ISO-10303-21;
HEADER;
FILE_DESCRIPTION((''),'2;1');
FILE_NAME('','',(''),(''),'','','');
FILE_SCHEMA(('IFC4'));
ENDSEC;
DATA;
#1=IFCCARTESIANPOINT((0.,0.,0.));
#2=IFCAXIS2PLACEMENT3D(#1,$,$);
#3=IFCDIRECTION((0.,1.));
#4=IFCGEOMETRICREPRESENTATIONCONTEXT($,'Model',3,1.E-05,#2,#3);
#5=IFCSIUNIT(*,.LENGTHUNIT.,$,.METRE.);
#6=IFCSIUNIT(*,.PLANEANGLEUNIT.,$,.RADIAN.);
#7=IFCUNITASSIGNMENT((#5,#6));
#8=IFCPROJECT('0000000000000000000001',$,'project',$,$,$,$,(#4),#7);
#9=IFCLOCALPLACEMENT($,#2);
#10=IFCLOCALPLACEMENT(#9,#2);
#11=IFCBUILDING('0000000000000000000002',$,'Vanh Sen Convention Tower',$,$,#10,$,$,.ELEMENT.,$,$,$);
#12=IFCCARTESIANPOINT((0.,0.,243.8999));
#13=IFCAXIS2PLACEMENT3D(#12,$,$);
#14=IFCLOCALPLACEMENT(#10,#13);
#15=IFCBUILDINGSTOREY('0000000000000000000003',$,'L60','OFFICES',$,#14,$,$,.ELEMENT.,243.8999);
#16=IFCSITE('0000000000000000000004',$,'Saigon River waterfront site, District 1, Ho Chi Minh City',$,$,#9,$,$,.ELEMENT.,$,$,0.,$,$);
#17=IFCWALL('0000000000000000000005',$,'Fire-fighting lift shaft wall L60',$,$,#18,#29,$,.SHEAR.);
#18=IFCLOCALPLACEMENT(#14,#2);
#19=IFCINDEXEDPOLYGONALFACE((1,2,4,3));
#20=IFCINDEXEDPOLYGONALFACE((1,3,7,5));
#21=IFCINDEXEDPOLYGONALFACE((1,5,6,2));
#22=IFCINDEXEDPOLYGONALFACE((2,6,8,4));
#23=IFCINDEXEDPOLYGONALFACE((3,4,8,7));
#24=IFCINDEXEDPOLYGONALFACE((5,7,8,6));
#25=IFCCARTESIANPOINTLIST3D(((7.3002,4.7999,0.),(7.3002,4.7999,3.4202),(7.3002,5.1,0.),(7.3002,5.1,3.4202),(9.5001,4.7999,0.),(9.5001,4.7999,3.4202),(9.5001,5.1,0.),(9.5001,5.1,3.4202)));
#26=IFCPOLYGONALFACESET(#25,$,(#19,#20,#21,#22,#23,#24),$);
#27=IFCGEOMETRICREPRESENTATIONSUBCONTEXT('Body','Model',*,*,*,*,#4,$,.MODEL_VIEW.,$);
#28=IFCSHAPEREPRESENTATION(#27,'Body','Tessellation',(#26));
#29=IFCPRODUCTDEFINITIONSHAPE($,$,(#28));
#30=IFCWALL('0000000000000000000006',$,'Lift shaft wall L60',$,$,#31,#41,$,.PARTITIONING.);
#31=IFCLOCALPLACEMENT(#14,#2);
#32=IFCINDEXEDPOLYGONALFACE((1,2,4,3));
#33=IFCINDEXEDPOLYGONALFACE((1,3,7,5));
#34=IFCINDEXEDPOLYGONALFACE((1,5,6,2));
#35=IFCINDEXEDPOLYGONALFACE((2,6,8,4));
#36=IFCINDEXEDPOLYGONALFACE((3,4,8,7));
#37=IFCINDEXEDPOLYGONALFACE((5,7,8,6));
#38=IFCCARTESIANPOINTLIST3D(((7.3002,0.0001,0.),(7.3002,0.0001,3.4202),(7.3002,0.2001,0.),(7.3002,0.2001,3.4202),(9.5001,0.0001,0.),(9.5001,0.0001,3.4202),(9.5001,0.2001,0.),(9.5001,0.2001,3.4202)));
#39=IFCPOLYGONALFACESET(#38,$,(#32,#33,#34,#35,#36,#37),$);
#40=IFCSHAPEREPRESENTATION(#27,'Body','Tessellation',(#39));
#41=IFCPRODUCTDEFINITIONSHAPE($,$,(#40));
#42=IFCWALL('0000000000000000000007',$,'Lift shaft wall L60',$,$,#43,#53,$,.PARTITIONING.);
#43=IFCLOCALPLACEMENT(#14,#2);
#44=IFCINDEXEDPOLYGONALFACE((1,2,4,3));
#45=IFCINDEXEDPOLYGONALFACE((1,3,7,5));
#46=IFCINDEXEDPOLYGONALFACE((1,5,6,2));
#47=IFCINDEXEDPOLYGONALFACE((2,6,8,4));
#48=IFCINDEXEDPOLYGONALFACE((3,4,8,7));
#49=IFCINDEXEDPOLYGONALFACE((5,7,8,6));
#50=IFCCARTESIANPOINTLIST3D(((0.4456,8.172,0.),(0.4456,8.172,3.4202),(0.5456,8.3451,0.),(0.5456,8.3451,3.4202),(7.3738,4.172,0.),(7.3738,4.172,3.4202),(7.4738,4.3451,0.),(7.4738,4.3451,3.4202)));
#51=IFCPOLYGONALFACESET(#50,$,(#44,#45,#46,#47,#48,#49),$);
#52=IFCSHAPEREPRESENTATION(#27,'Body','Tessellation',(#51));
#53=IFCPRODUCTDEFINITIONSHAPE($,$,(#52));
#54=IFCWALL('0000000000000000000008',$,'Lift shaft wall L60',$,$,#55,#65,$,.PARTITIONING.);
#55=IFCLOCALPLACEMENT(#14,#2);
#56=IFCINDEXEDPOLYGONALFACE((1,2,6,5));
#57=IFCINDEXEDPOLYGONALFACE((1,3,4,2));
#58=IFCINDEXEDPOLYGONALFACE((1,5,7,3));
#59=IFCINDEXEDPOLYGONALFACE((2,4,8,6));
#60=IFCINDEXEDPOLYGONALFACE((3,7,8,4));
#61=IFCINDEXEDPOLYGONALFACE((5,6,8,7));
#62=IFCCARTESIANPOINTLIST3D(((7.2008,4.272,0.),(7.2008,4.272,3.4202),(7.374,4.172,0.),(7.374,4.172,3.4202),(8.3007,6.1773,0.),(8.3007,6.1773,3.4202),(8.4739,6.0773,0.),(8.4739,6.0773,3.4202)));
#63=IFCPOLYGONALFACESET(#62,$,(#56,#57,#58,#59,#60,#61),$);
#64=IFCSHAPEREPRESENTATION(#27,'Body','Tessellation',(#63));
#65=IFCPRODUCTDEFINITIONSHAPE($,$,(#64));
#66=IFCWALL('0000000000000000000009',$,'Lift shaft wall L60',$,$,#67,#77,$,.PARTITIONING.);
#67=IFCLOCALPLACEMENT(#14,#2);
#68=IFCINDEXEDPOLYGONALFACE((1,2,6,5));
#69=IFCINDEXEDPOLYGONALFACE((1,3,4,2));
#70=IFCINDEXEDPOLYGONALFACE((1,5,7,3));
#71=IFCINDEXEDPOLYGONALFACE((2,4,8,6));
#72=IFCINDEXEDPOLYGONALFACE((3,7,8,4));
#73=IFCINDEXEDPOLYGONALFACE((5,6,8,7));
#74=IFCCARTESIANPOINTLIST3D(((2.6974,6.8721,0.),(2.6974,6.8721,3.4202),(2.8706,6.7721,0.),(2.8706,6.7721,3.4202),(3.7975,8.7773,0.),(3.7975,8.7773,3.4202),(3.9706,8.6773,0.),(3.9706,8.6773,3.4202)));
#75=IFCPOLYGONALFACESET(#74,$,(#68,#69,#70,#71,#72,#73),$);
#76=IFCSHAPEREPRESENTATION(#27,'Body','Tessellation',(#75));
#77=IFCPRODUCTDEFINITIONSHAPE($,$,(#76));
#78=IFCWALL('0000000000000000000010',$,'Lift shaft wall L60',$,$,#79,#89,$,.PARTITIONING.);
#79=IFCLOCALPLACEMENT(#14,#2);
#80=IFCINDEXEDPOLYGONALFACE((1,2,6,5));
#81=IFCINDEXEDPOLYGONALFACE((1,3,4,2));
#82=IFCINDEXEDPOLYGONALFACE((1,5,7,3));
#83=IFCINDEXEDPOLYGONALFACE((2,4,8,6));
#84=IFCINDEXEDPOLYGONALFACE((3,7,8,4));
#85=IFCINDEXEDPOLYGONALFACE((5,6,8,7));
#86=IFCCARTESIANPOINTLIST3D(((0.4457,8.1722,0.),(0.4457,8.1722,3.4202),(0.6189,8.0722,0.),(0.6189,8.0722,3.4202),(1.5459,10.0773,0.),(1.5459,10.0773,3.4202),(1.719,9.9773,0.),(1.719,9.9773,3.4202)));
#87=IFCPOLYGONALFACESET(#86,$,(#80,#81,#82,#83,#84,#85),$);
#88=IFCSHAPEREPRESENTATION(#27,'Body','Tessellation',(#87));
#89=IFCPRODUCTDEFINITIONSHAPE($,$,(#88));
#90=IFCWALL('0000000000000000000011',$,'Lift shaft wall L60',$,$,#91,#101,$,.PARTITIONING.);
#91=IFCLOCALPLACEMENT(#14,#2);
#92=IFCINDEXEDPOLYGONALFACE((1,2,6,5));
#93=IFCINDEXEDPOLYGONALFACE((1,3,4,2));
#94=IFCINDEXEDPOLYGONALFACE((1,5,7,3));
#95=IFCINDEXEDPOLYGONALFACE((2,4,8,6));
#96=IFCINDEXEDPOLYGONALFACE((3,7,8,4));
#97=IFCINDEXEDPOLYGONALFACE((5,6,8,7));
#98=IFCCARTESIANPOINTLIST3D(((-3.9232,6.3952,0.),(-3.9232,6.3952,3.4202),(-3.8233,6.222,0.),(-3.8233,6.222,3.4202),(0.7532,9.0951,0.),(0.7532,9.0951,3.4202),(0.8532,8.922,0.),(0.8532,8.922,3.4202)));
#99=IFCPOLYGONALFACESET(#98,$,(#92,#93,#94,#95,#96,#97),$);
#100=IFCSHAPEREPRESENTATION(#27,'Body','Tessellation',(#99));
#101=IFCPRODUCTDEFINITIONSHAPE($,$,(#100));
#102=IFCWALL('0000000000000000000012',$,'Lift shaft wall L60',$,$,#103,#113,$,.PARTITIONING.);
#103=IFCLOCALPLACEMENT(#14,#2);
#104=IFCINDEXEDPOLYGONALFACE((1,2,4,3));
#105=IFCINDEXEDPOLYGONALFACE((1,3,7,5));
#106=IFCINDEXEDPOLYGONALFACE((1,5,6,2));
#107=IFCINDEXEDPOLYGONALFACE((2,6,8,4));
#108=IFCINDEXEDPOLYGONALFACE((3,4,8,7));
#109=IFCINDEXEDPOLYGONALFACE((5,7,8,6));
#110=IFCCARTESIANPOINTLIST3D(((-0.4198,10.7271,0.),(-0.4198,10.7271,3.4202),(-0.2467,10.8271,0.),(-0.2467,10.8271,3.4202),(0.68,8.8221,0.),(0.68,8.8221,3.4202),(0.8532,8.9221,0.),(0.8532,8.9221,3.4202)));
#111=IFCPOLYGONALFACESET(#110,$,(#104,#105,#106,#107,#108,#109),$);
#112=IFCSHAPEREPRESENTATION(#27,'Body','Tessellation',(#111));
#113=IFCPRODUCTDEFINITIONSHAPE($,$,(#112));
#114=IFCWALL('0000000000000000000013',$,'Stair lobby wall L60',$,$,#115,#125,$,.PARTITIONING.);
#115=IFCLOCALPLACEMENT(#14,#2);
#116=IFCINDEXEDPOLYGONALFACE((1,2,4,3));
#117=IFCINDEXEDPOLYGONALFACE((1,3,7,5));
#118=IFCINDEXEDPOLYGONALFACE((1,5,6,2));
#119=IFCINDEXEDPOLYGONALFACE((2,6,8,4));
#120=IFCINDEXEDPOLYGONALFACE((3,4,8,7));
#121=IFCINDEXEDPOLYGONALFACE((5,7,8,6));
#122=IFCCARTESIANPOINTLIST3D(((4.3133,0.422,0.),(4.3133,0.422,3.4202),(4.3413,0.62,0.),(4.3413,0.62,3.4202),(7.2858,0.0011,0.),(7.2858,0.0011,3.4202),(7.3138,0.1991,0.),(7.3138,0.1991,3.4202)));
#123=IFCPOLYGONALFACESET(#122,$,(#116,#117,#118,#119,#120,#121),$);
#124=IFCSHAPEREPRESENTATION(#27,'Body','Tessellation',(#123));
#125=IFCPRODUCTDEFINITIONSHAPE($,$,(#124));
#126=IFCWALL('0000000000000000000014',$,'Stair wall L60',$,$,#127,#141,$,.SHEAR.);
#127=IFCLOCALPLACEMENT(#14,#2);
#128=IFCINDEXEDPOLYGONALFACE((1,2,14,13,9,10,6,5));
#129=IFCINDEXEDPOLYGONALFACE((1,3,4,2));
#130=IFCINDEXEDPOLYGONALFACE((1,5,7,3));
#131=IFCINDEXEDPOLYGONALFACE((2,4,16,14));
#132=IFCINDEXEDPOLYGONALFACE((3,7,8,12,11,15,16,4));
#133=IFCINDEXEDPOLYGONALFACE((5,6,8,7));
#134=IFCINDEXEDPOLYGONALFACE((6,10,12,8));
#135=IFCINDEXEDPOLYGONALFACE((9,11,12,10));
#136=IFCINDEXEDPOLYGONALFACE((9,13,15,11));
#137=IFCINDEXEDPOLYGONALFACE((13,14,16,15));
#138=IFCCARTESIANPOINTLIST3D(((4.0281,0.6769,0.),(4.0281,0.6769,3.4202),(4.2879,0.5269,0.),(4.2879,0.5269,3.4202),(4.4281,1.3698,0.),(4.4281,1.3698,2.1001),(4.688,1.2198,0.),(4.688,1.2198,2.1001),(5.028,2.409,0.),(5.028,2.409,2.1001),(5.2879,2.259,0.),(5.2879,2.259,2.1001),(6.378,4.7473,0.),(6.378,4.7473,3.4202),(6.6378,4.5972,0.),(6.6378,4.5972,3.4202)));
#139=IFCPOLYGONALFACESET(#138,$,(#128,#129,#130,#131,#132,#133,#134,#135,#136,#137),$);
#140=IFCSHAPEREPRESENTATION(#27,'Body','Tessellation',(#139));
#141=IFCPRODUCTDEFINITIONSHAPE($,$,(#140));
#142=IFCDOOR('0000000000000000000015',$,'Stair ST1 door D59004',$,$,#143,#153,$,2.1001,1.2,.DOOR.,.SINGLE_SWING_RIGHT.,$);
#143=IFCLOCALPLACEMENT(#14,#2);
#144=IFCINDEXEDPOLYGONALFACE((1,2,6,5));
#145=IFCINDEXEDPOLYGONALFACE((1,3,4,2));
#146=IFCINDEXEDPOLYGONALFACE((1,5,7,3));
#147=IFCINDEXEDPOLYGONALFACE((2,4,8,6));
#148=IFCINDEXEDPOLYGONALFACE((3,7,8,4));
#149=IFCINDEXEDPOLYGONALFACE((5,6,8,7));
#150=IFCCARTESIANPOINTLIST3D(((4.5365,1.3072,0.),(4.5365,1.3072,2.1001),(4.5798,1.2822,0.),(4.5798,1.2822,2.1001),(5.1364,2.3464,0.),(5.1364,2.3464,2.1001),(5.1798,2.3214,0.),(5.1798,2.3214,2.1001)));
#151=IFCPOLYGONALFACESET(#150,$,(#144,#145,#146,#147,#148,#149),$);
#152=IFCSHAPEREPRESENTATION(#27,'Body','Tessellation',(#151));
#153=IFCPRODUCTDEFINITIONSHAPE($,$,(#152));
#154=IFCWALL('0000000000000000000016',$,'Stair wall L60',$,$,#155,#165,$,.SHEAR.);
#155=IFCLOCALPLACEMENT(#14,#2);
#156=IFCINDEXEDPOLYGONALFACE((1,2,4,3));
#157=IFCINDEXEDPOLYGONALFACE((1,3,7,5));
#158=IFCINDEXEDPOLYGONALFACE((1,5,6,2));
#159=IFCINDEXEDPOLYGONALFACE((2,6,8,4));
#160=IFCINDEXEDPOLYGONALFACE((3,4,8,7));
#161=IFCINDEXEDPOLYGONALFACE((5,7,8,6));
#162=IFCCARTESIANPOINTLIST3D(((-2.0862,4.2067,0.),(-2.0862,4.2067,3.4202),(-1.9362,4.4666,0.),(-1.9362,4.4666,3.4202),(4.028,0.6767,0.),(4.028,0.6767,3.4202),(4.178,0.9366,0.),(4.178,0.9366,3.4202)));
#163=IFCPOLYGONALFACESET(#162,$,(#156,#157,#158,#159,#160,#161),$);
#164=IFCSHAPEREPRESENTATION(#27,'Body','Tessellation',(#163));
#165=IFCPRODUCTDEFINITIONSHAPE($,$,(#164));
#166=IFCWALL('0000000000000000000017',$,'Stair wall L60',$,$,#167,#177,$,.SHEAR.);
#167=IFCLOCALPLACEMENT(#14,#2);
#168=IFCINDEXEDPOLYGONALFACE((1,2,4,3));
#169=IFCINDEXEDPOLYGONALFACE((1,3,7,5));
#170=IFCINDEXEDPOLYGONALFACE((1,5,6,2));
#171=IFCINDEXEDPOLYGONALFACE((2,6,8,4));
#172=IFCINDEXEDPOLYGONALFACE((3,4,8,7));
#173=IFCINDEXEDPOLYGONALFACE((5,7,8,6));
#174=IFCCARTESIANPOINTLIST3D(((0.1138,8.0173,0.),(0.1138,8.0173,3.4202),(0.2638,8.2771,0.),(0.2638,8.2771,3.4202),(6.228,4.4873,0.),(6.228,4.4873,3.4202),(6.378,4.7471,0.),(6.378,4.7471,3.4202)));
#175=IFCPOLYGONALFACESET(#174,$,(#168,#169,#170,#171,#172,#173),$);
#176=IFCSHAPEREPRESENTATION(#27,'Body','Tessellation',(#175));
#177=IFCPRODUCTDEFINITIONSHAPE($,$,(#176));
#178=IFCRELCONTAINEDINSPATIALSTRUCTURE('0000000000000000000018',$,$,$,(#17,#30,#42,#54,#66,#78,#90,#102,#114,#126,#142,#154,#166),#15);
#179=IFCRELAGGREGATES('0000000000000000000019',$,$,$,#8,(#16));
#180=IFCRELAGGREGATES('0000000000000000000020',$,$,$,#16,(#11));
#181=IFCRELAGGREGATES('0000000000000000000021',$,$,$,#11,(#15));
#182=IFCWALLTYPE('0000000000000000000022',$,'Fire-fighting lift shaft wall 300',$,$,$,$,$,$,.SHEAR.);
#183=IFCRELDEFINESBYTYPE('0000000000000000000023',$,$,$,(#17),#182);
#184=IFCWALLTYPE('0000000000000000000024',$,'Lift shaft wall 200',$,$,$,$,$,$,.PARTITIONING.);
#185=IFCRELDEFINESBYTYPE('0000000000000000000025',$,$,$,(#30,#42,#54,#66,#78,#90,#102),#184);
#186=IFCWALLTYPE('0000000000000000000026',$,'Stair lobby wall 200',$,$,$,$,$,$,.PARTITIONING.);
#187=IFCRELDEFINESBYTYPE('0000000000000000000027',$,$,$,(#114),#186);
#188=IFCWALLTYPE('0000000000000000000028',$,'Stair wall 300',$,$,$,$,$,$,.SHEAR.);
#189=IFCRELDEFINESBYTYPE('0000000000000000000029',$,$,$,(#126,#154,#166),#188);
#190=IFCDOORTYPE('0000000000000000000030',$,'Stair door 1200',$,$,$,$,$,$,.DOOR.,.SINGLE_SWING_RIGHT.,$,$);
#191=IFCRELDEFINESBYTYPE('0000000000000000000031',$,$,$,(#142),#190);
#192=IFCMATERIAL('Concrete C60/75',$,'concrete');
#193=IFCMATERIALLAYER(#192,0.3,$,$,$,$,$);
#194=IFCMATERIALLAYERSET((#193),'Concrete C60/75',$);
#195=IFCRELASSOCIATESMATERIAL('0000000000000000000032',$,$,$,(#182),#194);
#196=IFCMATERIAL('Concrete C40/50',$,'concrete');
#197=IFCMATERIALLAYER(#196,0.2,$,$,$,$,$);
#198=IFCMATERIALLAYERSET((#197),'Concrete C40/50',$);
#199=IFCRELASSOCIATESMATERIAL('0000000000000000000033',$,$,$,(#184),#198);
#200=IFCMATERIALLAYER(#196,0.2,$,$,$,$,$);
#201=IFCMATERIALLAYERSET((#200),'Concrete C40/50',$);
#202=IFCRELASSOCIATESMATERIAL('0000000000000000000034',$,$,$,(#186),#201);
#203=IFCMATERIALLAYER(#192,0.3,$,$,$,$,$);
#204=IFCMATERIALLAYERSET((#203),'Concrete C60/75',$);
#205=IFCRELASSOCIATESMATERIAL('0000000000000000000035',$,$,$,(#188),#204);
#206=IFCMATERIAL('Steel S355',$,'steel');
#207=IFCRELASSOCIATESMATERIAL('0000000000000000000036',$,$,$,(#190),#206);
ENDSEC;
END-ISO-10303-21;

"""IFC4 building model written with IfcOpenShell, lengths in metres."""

from ifc_helpers import new_model, si_unit, direction, frame, frame_2d, origin, place, context, subcontext, project, spatial, rectangle, extrude, material, layer, layer_set, type_object, element, fill, save


model = new_model("IFC4")

# Units and contexts
model_context = context("Model", 3, precision=1e-05, world=origin(), true_north=direction((0.0, 1.0)))
body_context = subcontext(model_context, "Body", "Model", "MODEL_VIEW")
ifc_project = project(units=[si_unit("LENGTHUNIT", "METRE"), si_unit("PLANEANGLEUNIT", "RADIAN")], contexts=[model_context])

# Site, building, storey
site_placement = place(None, origin())
site = spatial("IfcSite", under=ifc_project, at=site_placement, Name="Saigon River waterfront site, District 1, Ho Chi Minh City", CompositionType="ELEMENT", RefElevation=0.0)
building_placement = place(site_placement, origin())
building = spatial("IfcBuilding", under=site, at=building_placement, Name="Vanh Sen Convention Tower", CompositionType="ELEMENT")
storey_placement = place(building_placement, frame((0.0, 0.0, 243.8999)))
storey = spatial("IfcBuildingStorey", under=building, at=storey_placement, Name="L60", Description="OFFICES", CompositionType="ELEMENT", Elevation=243.8999)

# Shared definitions
ifc_material_1 = material(Name="Concrete C40/50", Category="concrete")

# Shared definitions
ifc_material_2 = material(Name="Concrete C60/75", Category="concrete")
ifc_material_3 = material(Name="Steel S355", Category="steel")

# Shared definitions
ifc_layer_1 = layer(ifc_material_2, 0.3)
ifc_layer_set_1 = layer_set([ifc_layer_1], Name="Concrete C60/75")
wall_type_1 = type_object("IfcWallType", Name="Fire-fighting lift shaft wall 300", PredefinedType="SHEAR", material=ifc_layer_set_1)

# Walls
wall_1_placement = place(storey_placement, frame((7.3, 4.95, 0.0), z_axis=(0.0, 0.0, 1.0), x_axis=(1.0, 0.0, 0.0)))
element("IfcWall", 1, at=wall_1_placement, inside=storey, type_object=wall_type_1, Name="Fire-fighting lift shaft wall L60", PredefinedType="SHEAR", context=body_context, shape_type="SweptSolid", body=[
    extrude(rectangle(XDim=2.2, YDim=0.3, at=frame_2d((1.1001, 0.0))), origin(), (0.0, 0.0, 1.0), 3.4202),
])
ifc_layer_2 = layer(ifc_material_1, 0.2)
ifc_layer_set_2 = layer_set([ifc_layer_2], Name="Concrete C40/50")
wall_type_2 = type_object("IfcWallType", Name="Lift shaft wall 200", PredefinedType="PARTITIONING", material=ifc_layer_set_2)
wall_2_placement = place(storey_placement, frame((7.3, 0.1001, 0.0), z_axis=(0.0, 0.0, 1.0), x_axis=(1.0, 0.0, 0.0)))
element("IfcWall", 2, at=wall_2_placement, inside=storey, type_object=wall_type_2, Name="Lift shaft wall L60", PredefinedType="PARTITIONING", context=body_context, shape_type="SweptSolid", body=[
    extrude(rectangle(XDim=2.2, YDim=0.2, at=frame_2d((1.1001, 0.0))), origin(), (0.0, 0.0, 1.0), 3.4202),
])
wall_3_placement = place(storey_placement, frame((7.4238, 4.2585, 0.0), z_axis=(0.0, 0.0, 1.0), x_axis=(-0.866026, 0.499999, 0.0)))
element("IfcWall", 3, at=wall_3_placement, inside=storey, type_object=wall_type_2, Name="Lift shaft wall L60", PredefinedType="PARTITIONING", context=body_context, shape_type="SweptSolid", body=[
    extrude(rectangle(XDim=8.0, YDim=0.2, at=frame_2d((4.0, 0.0))), origin(), (0.0, 0.0, 1.0), 3.4202),
])
for number, where, z_axis, x_axis, name in (
    (4, (7.2874, 4.2219, 0.0), (0.0, 0.0, 1.0), (0.499947, 0.866056, 0.0), "Lift shaft wall L60"),
    (5, (2.7839, 6.822, 0.0), (0.0, 0.0, 1.0), (0.50003, 0.866008, 0.0), "Lift shaft wall L60"),
    (6, (0.5322, 8.1221, 0.0), (0.0, 0.0, 1.0), (0.500078, 0.86598, 0.0), "Lift shaft wall L60"),
):
    element("IfcWall", number, at=place(storey_placement, frame(where, z_axis=z_axis, x_axis=x_axis)), inside=storey, type_object=wall_type_2, Name=name, PredefinedType="PARTITIONING", context=body_context, shape_type="SweptSolid", body=[
        extrude(rectangle(XDim=2.2, YDim=0.2, at=frame_2d((1.1001, 0.0))), origin(), (0.0, 0.0, 1.0), 3.4202),
    ])
wall_4_placement = place(storey_placement, frame((0.8032, 9.0085, 0.0), z_axis=(0.0, 0.0, 1.0), x_axis=(-0.866028, -0.499995, 0.0)))
element("IfcWall", 7, at=wall_4_placement, inside=storey, type_object=wall_type_2, Name="Lift shaft wall L60", PredefinedType="PARTITIONING", context=body_context, shape_type="SweptSolid", body=[
    extrude(rectangle(XDim=5.3999, YDim=0.2, at=frame_2d((2.7, 0.0))), origin(), (0.0, 0.0, 1.0), 3.4202),
])
wall_5_placement = place(storey_placement, frame((0.7666, 8.8721, 0.0), z_axis=(0.0, 0.0, 1.0), x_axis=(-0.499995, 0.866028, 0.0)))
element("IfcWall", 8, at=wall_5_placement, inside=storey, type_object=wall_type_2, Name="Lift shaft wall L60", PredefinedType="PARTITIONING", context=body_context, shape_type="SweptSolid", body=[
    extrude(rectangle(XDim=2.1997, YDim=0.2, at=frame_2d((1.0999, 0.0))), origin(), (0.0, 0.0, 1.0), 3.4202),
])
ifc_layer_3 = layer(ifc_material_1, 0.2)
ifc_layer_set_3 = layer_set([ifc_layer_3], Name="Concrete C40/50")
wall_type_3 = type_object("IfcWallType", Name="Stair lobby wall 200", PredefinedType="PARTITIONING", material=ifc_layer_set_3)
wall_6_placement = place(storey_placement, frame((4.3274, 0.521, 0.0), z_axis=(0.0, 0.0, 1.0), x_axis=(0.990124, -0.140192, 0.0)))
element("IfcWall", 9, at=wall_6_placement, inside=storey, type_object=wall_type_3, Name="Stair lobby wall L60", PredefinedType="PARTITIONING", context=body_context, shape_type="SweptSolid", body=[
    extrude(rectangle(XDim=3.0022, YDim=0.2, at=frame_2d((1.501, 0.0))), origin(), (0.0, 0.0, 1.0), 3.4202),
])

# Wall, opening, door
ifc_layer_4 = layer(ifc_material_2, 0.3)
ifc_layer_set_4 = layer_set([ifc_layer_4], Name="Concrete C60/75")
wall_type_4 = type_object("IfcWallType", Name="Stair wall 300", PredefinedType="SHEAR", material=ifc_layer_set_4)
wall_7_placement = place(storey_placement, frame((4.158, 0.6018, 0.0), z_axis=(0.0, 0.0, 1.0), x_axis=(0.499977, 0.866039, 0.0)))
wall_7 = element("IfcWall", 10, at=wall_7_placement, inside=storey, type_object=wall_type_4, Name="Stair wall L60", PredefinedType="SHEAR", context=body_context, shape_type="SweptSolid", body=[
    extrude(rectangle(XDim=4.7, YDim=0.3, at=frame_2d((2.3501, 0.0))), origin(), (0.0, 0.0, 1.0), 3.4202),
])
opening_1_placement = place(wall_7_placement, frame((0.8, 0.0, 0.0)))
opening_1 = element("IfcOpeningElement", 11, at=opening_1_placement, cuts=wall_7, PredefinedType="OPENING", context=body_context, shape_type="SweptSolid", body=[
    extrude(rectangle(XDim=1.2, YDim=2.1001, at=frame_2d((0.6001, 1.05))), frame((0.0, 0.1599, 0.0), z_axis=(0.0, -1.0, 0.0), x_axis=(1.0, 0.0, 0.0)), (0.0, 0.0, 1.0), 0.3201),
])
door_type_1 = type_object("IfcDoorType", Name="Stair door 1200", OperationType="SINGLE_SWING_RIGHT", PredefinedType="DOOR", material=ifc_material_3)
door_1_placement = place(opening_1_placement, origin())
door_1 = element("IfcDoor", 12, at=door_1_placement, inside=storey, type_object=door_type_1, Name="Stair ST1 door D59004", OperationType="SINGLE_SWING_RIGHT", OverallHeight=2.1001, OverallWidth=1.2, PredefinedType="DOOR", context=body_context, shape_type="SweptSolid", body=[
    extrude(rectangle(XDim=1.2, YDim=2.1001, at=frame_2d((0.6001, 1.05))), frame((0.0, 0.0249, 0.0), z_axis=(0.0, -1.0, 0.0), x_axis=(1.0, 0.0, 0.0)), (0.0, 0.0, 1.0), 0.05),
])
fill(opening_1, door_1)

# Walls
for number, where, z_axis, x_axis, name in (
    (13, (4.103, 0.8066, 0.0), (0.0, 0.0, 1.0), (-0.866028, 0.499996, 0.0), "Stair wall L60"),
    (14, (6.303, 4.6172, 0.0), (0.0, 0.0, 1.0), (-0.866028, 0.499996, 0.0), "Stair wall L60"),
):
    element("IfcWall", number, at=place(storey_placement, frame(where, z_axis=z_axis, x_axis=x_axis)), inside=storey, type_object=wall_type_4, Name=name, PredefinedType="SHEAR", context=body_context, shape_type="SweptSolid", body=[
        extrude(rectangle(XDim=7.0601, YDim=0.3, at=frame_2d((3.53, 0.0))), origin(), (0.0, 0.0, 1.0), 3.4202),
    ])

save(model, "model.ifc")
